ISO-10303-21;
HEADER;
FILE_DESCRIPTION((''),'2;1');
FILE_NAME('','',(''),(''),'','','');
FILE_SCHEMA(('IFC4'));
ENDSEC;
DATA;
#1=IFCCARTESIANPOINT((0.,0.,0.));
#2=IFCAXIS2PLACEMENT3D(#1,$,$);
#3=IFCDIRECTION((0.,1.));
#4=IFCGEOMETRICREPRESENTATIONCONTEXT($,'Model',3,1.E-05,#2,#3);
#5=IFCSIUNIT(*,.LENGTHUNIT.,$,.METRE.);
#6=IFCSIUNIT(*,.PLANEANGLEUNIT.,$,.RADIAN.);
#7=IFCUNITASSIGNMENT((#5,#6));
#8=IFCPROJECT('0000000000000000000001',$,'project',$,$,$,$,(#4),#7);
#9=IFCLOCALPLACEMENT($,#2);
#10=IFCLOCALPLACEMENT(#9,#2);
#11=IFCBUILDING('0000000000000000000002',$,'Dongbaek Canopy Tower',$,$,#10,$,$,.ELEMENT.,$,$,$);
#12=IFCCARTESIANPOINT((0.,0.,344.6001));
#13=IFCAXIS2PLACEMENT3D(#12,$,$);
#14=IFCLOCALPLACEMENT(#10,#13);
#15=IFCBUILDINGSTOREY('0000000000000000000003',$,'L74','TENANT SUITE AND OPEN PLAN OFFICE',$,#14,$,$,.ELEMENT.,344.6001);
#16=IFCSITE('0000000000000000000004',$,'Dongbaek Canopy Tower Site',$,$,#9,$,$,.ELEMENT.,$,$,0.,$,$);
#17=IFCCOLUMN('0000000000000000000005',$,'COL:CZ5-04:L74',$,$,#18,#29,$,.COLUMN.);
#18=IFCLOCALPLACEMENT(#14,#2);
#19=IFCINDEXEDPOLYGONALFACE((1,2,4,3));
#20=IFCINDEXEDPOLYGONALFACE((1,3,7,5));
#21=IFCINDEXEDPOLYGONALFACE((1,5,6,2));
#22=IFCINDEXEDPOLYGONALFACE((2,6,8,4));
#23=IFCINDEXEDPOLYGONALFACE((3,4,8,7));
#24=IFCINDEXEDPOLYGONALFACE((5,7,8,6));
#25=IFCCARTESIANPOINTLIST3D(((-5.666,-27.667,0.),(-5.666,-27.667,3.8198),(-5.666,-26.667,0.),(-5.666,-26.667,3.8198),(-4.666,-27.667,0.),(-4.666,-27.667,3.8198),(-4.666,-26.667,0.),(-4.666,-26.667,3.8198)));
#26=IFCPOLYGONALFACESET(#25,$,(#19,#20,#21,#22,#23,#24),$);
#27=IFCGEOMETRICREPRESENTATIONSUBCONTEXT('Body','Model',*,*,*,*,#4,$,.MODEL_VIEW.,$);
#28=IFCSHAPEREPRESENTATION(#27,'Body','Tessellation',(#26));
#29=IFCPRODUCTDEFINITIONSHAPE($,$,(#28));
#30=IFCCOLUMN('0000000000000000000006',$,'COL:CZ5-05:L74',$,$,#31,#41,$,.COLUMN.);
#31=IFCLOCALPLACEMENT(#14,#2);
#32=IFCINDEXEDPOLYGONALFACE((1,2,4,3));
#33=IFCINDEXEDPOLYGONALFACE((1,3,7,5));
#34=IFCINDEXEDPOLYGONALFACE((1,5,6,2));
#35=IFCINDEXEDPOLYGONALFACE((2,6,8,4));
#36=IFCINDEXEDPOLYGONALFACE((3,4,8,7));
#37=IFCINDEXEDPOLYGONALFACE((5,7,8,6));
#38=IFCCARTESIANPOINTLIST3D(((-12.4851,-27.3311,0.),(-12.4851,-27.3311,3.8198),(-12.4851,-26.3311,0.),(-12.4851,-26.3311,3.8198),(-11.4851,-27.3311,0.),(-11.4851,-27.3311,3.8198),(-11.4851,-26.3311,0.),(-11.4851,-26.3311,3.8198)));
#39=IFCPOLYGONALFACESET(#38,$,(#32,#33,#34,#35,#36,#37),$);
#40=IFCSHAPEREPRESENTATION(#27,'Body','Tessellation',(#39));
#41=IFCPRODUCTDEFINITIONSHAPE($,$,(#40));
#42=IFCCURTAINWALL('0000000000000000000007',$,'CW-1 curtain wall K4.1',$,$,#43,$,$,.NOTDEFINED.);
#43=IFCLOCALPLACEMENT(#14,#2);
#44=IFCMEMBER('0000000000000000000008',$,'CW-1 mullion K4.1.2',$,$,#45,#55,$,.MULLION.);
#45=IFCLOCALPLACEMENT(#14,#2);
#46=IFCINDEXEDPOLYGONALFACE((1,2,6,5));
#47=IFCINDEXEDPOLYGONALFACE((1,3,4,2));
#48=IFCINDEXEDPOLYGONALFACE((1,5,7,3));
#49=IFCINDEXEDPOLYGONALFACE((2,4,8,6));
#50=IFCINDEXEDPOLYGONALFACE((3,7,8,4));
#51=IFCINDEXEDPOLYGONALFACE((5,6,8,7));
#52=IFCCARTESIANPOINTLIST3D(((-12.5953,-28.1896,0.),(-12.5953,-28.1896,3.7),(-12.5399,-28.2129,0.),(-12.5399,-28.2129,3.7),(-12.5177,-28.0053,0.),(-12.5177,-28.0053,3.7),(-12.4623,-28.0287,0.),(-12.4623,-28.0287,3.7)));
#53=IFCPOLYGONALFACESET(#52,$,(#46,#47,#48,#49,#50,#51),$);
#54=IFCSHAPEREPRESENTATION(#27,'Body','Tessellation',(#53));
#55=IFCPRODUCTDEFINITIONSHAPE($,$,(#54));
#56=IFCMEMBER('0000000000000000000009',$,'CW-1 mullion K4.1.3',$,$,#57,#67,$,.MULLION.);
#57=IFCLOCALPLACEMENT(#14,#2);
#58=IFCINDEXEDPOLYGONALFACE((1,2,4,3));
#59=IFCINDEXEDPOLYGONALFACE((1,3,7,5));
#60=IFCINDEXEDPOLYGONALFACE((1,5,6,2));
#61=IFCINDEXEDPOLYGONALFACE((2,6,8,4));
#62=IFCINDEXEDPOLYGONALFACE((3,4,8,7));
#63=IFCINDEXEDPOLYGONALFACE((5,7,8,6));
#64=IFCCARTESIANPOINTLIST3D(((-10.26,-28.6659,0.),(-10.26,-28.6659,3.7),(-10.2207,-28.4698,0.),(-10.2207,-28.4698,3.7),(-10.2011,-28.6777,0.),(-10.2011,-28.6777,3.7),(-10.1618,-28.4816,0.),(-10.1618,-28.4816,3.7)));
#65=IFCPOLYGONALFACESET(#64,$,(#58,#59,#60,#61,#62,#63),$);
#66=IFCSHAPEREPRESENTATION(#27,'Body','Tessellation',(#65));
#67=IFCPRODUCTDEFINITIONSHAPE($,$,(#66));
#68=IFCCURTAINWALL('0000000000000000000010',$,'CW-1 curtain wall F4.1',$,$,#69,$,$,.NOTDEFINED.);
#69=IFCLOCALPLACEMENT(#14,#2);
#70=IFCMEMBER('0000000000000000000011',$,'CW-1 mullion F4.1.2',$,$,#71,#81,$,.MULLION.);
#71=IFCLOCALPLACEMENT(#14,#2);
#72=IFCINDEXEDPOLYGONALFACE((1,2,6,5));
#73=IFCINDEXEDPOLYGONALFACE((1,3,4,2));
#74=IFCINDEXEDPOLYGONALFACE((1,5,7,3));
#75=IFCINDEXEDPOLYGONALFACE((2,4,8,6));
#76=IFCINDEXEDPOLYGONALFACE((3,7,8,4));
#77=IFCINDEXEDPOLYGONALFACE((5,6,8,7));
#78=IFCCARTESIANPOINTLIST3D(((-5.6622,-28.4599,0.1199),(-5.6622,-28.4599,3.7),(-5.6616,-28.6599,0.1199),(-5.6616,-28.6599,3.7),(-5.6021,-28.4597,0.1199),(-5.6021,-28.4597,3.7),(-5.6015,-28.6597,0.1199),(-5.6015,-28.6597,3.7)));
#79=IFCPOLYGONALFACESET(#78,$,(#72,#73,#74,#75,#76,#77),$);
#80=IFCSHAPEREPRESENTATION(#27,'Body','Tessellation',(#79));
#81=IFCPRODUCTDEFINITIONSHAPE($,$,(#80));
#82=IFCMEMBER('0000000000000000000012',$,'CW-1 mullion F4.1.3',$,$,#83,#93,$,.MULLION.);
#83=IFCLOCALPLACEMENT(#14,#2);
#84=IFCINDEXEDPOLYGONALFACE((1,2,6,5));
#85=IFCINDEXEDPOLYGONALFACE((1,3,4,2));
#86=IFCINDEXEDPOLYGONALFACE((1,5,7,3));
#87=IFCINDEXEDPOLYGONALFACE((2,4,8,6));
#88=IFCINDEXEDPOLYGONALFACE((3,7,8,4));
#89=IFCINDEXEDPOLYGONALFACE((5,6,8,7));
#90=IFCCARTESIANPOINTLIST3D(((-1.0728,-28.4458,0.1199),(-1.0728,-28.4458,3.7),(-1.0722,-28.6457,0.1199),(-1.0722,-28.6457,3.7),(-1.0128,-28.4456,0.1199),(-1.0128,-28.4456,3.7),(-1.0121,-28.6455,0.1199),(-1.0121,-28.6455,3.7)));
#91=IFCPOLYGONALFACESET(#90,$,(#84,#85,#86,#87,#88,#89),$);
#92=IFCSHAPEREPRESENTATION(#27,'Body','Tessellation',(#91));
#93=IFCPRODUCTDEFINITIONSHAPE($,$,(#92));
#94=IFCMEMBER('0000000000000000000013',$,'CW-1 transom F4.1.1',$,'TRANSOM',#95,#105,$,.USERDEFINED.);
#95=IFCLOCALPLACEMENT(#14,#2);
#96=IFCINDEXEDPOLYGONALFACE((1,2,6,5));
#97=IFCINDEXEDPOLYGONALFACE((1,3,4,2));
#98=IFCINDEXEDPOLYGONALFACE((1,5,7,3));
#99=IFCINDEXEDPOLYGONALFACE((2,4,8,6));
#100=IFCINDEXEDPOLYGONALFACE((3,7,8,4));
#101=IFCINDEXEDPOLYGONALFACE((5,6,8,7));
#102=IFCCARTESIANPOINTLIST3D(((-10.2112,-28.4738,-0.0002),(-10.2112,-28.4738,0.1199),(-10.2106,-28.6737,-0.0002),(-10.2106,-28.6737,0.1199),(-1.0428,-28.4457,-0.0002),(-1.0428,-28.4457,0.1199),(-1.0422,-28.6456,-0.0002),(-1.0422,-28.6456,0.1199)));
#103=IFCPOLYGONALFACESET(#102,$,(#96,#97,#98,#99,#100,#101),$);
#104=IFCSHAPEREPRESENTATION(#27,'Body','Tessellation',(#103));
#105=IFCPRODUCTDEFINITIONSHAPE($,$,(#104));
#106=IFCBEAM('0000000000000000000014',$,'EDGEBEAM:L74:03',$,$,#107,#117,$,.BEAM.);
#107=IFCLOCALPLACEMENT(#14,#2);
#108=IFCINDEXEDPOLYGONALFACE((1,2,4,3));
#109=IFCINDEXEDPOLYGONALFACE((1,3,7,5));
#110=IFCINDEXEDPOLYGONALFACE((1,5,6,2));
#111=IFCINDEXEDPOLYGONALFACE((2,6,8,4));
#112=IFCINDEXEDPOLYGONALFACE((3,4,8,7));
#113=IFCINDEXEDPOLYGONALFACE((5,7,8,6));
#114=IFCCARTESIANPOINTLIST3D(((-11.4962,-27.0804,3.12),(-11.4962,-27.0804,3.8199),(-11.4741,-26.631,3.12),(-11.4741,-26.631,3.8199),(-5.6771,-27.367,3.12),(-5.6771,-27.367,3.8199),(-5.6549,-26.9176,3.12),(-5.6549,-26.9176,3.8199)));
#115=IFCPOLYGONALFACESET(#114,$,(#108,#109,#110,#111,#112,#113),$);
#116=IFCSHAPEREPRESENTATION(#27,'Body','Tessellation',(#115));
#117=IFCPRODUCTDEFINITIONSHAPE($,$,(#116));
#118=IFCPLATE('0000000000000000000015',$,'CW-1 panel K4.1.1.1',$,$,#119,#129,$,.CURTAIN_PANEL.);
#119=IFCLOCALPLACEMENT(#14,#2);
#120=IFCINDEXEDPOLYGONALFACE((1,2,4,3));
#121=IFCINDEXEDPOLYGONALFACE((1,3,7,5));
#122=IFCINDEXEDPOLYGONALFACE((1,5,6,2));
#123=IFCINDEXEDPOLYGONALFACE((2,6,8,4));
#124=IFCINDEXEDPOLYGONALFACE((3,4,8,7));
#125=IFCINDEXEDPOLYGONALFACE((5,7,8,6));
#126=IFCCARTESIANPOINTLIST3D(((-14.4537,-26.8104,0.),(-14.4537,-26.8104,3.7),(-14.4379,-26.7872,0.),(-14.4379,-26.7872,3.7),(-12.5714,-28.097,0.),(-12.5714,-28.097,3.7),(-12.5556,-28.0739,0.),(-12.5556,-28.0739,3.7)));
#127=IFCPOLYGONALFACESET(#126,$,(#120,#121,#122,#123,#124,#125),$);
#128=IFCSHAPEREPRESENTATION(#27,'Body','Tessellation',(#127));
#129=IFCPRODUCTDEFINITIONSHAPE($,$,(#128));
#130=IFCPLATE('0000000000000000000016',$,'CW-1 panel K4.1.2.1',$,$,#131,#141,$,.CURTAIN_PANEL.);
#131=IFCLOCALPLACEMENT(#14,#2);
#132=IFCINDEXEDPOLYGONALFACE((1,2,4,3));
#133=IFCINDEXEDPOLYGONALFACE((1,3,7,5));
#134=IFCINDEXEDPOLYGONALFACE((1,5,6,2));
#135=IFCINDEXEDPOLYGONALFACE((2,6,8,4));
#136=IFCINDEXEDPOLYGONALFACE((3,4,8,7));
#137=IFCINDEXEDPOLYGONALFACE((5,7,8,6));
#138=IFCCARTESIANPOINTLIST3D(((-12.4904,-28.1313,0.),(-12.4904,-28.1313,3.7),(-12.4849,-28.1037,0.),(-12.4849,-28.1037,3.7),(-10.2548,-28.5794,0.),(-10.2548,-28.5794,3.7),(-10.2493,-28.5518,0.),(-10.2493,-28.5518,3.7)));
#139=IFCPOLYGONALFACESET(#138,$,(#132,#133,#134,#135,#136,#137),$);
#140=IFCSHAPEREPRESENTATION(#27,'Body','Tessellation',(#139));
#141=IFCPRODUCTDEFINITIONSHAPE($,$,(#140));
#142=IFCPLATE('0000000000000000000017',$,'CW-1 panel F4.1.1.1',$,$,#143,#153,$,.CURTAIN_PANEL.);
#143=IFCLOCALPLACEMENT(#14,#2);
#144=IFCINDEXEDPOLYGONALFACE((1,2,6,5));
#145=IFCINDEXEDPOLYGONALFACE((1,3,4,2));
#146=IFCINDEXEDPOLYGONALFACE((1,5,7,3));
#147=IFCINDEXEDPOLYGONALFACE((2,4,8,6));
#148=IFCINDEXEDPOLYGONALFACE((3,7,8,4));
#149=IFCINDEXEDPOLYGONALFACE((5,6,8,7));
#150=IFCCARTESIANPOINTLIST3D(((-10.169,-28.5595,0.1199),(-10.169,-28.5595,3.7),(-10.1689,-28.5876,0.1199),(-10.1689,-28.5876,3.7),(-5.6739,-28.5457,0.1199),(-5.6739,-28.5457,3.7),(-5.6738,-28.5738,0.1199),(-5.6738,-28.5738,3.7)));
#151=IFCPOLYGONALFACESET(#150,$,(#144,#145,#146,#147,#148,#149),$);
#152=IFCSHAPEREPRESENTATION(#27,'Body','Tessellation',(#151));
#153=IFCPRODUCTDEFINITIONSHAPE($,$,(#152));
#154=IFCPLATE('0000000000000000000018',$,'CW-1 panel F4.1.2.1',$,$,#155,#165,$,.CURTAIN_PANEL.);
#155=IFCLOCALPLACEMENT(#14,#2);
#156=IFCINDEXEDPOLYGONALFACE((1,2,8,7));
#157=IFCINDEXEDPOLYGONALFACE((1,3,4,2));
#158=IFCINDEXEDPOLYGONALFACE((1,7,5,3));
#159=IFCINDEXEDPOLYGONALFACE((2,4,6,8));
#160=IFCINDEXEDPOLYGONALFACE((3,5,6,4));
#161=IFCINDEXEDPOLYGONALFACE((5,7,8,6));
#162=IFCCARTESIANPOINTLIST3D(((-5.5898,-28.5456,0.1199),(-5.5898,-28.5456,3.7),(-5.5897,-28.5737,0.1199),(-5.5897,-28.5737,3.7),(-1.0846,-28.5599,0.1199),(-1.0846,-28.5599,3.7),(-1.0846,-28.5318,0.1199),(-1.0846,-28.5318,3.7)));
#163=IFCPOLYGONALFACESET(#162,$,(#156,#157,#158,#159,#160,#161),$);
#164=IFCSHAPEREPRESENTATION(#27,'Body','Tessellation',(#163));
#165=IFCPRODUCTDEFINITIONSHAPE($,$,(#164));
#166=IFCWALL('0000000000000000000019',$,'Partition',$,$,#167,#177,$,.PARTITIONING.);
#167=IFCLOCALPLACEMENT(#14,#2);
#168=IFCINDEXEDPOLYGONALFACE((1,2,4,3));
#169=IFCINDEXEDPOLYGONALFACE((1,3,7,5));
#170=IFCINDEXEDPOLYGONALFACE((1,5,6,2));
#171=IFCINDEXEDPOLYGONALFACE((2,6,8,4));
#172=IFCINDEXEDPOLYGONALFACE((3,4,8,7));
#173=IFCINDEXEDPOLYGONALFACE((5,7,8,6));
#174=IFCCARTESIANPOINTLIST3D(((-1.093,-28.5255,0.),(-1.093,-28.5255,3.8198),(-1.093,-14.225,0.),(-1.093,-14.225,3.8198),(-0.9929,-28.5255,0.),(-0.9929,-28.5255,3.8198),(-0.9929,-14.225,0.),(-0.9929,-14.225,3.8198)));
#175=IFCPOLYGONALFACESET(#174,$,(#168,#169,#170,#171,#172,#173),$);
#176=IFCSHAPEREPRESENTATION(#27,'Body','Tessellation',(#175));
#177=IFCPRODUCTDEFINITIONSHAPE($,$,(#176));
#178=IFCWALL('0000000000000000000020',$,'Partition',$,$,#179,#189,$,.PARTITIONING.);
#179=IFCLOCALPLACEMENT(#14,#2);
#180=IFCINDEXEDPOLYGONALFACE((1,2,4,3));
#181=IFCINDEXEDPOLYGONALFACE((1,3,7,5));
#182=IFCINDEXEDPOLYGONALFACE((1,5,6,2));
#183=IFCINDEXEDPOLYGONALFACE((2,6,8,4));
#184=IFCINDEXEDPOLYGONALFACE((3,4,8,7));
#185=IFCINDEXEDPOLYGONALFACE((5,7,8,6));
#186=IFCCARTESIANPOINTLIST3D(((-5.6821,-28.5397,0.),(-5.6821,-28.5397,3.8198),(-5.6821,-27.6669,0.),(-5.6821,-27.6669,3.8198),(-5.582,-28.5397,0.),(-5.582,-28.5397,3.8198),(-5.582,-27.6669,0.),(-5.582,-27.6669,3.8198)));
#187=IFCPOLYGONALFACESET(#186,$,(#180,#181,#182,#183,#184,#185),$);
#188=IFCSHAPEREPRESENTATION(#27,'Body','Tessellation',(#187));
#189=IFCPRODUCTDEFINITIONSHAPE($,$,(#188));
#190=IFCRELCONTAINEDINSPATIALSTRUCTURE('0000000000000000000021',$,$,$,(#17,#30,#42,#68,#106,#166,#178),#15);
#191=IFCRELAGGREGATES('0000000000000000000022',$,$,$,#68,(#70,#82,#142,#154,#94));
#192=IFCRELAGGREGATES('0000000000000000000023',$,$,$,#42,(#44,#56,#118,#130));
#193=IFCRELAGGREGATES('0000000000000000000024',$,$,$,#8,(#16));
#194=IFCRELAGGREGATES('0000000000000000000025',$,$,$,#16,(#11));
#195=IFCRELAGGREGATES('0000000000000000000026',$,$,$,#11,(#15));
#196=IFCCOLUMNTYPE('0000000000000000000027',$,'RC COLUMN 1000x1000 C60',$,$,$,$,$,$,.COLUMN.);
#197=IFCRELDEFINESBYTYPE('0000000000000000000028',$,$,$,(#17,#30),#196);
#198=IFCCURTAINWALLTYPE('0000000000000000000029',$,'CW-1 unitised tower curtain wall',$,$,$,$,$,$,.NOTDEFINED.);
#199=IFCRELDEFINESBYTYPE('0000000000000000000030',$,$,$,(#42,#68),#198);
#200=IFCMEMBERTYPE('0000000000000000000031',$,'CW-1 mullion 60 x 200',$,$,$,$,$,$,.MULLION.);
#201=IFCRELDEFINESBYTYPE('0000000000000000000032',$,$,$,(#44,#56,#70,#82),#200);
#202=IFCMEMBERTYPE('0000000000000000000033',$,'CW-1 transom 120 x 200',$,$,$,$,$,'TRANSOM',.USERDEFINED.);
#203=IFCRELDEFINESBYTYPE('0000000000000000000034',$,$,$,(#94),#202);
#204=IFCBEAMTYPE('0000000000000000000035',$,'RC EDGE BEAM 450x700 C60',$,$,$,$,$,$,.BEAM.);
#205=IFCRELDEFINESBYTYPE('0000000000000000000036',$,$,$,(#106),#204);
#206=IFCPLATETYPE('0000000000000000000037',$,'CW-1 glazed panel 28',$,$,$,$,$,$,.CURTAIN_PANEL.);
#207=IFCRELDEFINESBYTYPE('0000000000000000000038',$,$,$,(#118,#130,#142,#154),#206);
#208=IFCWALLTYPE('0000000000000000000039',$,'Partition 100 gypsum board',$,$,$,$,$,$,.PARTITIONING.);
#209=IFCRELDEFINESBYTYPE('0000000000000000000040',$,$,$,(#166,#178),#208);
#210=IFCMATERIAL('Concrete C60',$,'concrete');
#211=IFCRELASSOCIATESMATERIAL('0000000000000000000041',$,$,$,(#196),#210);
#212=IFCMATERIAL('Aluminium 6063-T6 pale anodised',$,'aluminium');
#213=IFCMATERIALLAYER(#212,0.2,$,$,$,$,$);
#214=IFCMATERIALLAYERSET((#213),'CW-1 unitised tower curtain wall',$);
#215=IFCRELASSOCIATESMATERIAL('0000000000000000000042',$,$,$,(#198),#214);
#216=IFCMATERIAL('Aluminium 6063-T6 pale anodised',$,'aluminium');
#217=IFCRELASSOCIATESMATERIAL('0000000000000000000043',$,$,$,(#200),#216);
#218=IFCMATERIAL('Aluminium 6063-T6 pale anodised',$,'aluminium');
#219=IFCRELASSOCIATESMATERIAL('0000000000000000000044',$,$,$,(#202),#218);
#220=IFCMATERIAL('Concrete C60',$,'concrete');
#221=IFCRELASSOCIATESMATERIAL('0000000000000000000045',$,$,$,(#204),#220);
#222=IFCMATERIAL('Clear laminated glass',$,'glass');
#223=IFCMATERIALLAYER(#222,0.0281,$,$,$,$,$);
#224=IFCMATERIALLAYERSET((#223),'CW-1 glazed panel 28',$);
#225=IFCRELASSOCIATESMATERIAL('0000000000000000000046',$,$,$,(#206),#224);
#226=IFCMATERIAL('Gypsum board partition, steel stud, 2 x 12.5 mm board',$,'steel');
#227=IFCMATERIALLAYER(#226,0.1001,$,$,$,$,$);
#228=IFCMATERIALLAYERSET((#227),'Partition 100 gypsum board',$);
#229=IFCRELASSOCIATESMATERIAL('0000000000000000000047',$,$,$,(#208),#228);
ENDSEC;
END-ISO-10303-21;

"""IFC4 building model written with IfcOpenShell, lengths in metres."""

from ifc_helpers import new_model, si_unit, direction, frame, frame_2d, origin, origin_2d, place, context, subcontext, project, spatial, rectangle, extrude, material, layer, layer_set, material_profile, profile_set, type_object, element, aggregate, save


model = new_model("IFC4")

# Units and contexts
model_context = context("Model", 3, precision=1e-05, world=origin(), true_north=direction((0.0, 1.0)))
body_context = subcontext(model_context, "Body", "Model", "MODEL_VIEW")
ifc_project = project(units=[si_unit("LENGTHUNIT", "METRE"), si_unit("PLANEANGLEUNIT", "RADIAN")], contexts=[model_context])

# Site, building, storey
site_placement = place(None, origin())
site = spatial("IfcSite", under=ifc_project, at=site_placement, Name="Dongbaek Canopy Tower Site", CompositionType="ELEMENT", RefElevation=0.0)
building_placement = place(site_placement, origin())
building = spatial("IfcBuilding", under=site, at=building_placement, Name="Dongbaek Canopy Tower", CompositionType="ELEMENT")
storey_placement = place(building_placement, frame((0.0, 0.0, 344.6001)))
storey = spatial("IfcBuildingStorey", under=building, at=storey_placement, Name="L74", Description="TENANT SUITE AND OPEN PLAN OFFICE", CompositionType="ELEMENT", Elevation=344.6001)

# Columns
ifc_material_1 = material(Name="Concrete C60", Category="concrete")
ifc_material_profile_1 = material_profile(ifc_material_1, rectangle(XDim=1.0, YDim=1.0, at=origin_2d()), Name="RC COLUMN 1000x1000 C60")
ifc_profile_set_1 = profile_set([ifc_material_profile_1], Name="Concrete C60")
column_type = type_object("IfcColumnType", Name="RC COLUMN 1000x1000 C60", PredefinedType="COLUMN", material=ifc_profile_set_1)
for number, where, z_axis, x_axis, name in (
    (1, (-5.166, -27.167, 0.0), (0.0, 0.0, 1.0), (1.0, 0.0, 0.0), "COL:CZ5-04:L74"),
    (2, (-11.9851, -26.8311, 0.0), (0.0, 0.0, 1.0), (1.0, 0.0, 0.0), "COL:CZ5-05:L74"),
):
    element("IfcColumn", number, at=place(storey_placement, frame(where, z_axis=z_axis, x_axis=x_axis)), inside=storey, type_object=column_type, Name=name, PredefinedType="COLUMN", context=body_context, shape_type="SweptSolid", body=[
        extrude(rectangle(XDim=1.0, YDim=1.0, at=origin_2d()), origin(), (0.0, 0.0, 1.0), 3.8198),
    ])

# Curtain walls, members
ifc_material_2 = material(Name="Aluminium 6063-T6 pale anodised", Category="aluminium")
ifc_layer_1 = layer(ifc_material_2, 0.2)
ifc_layer_set_1 = layer_set([ifc_layer_1], Name="CW-1 unitised tower curtain wall")
curtain_wall_type = type_object("IfcCurtainWallType", Name="CW-1 unitised tower curtain wall", PredefinedType="NOTDEFINED", material=ifc_layer_set_1)
curtain_wall_1_placement = place(storey_placement, origin())
curtain_wall_1 = element("IfcCurtainWall", 3, at=curtain_wall_1_placement, inside=storey, type_object=curtain_wall_type, Name="CW-1 curtain wall K4.1", PredefinedType="NOTDEFINED")
ifc_material_3 = material(Name="Aluminium 6063-T6 pale anodised", Category="aluminium")
ifc_material_profile_2 = material_profile(ifc_material_3, rectangle(XDim=0.2, YDim=0.0601, at=origin_2d()), Name="CW-1 mullion 60 x 200")
ifc_profile_set_2 = profile_set([ifc_material_profile_2], Name="Aluminium 6063-T6 pale anodised")
member_type_1 = type_object("IfcMemberType", Name="CW-1 mullion 60 x 200", PredefinedType="MULLION", material=ifc_profile_set_2)
member_1_placement = place(storey_placement, frame((-12.5288, -28.1091, 0.0), z_axis=(0.0, 0.0, 1.0), x_axis=(-0.388221, -0.921566, 0.0)))
member_1 = element("IfcMember", 4, at=member_1_placement, type_object=member_type_1, Name="CW-1 mullion K4.1.2", PredefinedType="MULLION", context=body_context, shape_type="SweptSolid", body=[
    extrude(rectangle(XDim=0.2, YDim=0.0601, at=origin_2d()), origin(), (0.0, 0.0, 1.0), 3.7),
])
member_2_placement = place(storey_placement, frame((-10.2109, -28.5737, 0.0), z_axis=(0.0, 0.0, 1.0), x_axis=(-0.19653, -0.980498, 0.0)))
member_2 = element("IfcMember", 5, at=member_2_placement, type_object=member_type_1, Name="CW-1 mullion K4.1.3", PredefinedType="MULLION", context=body_context, shape_type="SweptSolid", body=[
    extrude(rectangle(XDim=0.2, YDim=0.0601, at=origin_2d()), origin(), (0.0, 0.0, 1.0), 3.7),
])
curtain_wall_2_placement = place(storey_placement, origin())
curtain_wall_2 = element("IfcCurtainWall", 6, at=curtain_wall_2_placement, inside=storey, type_object=curtain_wall_type, Name="CW-1 curtain wall F4.1", PredefinedType="NOTDEFINED")
member_3_placement = place(storey_placement, frame((-5.6318, -28.5598, 0.1199), z_axis=(0.0, 0.0, 1.0), x_axis=(0.003066, -0.999995, 0.0)))
member_3 = element("IfcMember", 7, at=member_3_placement, type_object=member_type_1, Name="CW-1 mullion F4.1.2", PredefinedType="MULLION", context=body_context, shape_type="SweptSolid", body=[
    extrude(rectangle(XDim=0.2, YDim=0.0601, at=origin_2d()), origin(), (0.0, 0.0, 1.0), 3.5801),
])
member_4_placement = place(storey_placement, frame((-1.0425, -28.5457, 0.1199), z_axis=(0.0, 0.0, 1.0), x_axis=(0.003066, -0.999995, 0.0)))
member_4 = element("IfcMember", 8, at=member_4_placement, type_object=member_type_1, Name="CW-1 mullion F4.1.3", PredefinedType="MULLION", context=body_context, shape_type="SweptSolid", body=[
    extrude(rectangle(XDim=0.2, YDim=0.0601, at=origin_2d()), origin(), (0.0, 0.0, 1.0), 3.5801),
])
ifc_material_4 = material(Name="Aluminium 6063-T6 pale anodised", Category="aluminium")
ifc_material_profile_3 = material_profile(ifc_material_4, rectangle(XDim=0.2, YDim=0.1201, at=origin_2d()), Name="CW-1 transom 120 x 200")
ifc_profile_set_3 = profile_set([ifc_material_profile_3], Name="Aluminium 6063-T6 pale anodised")
member_type_2 = type_object("IfcMemberType", Name="CW-1 transom 120 x 200", ElementType="TRANSOM", PredefinedType="USERDEFINED", material=ifc_profile_set_3)
member_5_placement = place(storey_placement, frame((-10.2109, -28.5737, 0.0598), z_axis=(0.999995, 0.003062, 0.0), x_axis=(-0.003062, 0.999995, 0.0)))
member_5 = element("IfcMember", 9, at=member_5_placement, type_object=member_type_2, Name="CW-1 transom F4.1.1", ObjectType="TRANSOM", PredefinedType="USERDEFINED", context=body_context, shape_type="SweptSolid", body=[
    extrude(rectangle(XDim=0.2, YDim=0.1201, at=origin_2d()), origin(), (0.0, 0.0, 1.0), 9.1685),
])

# Beam
ifc_material_5 = material(Name="Concrete C60", Category="concrete")
ifc_material_profile_4 = material_profile(ifc_material_5, rectangle(XDim=0.45, YDim=0.7, at=origin_2d()), Name="RC EDGE BEAM 450x700 C60")
ifc_profile_set_4 = profile_set([ifc_material_profile_4], Name="Concrete C60")
beam_type = type_object("IfcBeamType", Name="RC EDGE BEAM 450x700 C60", PredefinedType="BEAM", material=ifc_profile_set_4)
beam_placement = place(storey_placement, frame((-5.666, -27.1423, 3.47), z_axis=(-0.998789, 0.049196, 0.0), x_axis=(-0.049196, -0.998789, 0.0)))
element("IfcBeam", 10, at=beam_placement, inside=storey, type_object=beam_type, Name="EDGEBEAM:L74:03", PredefinedType="BEAM", context=body_context, shape_type="SweptSolid", body=[
    extrude(rectangle(XDim=0.45, YDim=0.7, at=origin_2d()), origin(), (0.0, 0.0, 1.0), 5.8262),
])

# Plates
ifc_material_6 = material(Name="Clear laminated glass", Category="glass")
ifc_layer_2 = layer(ifc_material_6, 0.0281)
ifc_layer_set_2 = layer_set([ifc_layer_2], Name="CW-1 glazed panel 28")
plate_type = type_object("IfcPlateType", Name="CW-1 glazed panel 28", PredefinedType="CURTAIN_PANEL", material=ifc_layer_set_2)
plate_1_placement = place(storey_placement, frame((-13.5046, -27.4421, 0.0), z_axis=(0.0, 0.0, 1.0), x_axis=(0.825571, -0.564298, 0.0)))
plate_1 = element("IfcPlate", 11, at=plate_1_placement, type_object=plate_type, Name="CW-1 panel K4.1.1.1", PredefinedType="CURTAIN_PANEL", context=body_context, shape_type="SweptSolid", body=[
    extrude(rectangle(XDim=2.28, YDim=0.0281, at=origin_2d()), origin(), (0.0, 0.0, 1.0), 3.7),
])
plate_2_placement = place(storey_placement, frame((-11.3699, -28.3416, 0.0), z_axis=(0.0, 0.0, 1.0), x_axis=(0.980498, -0.19653, 0.0)))
plate_2 = element("IfcPlate", 12, at=plate_2_placement, type_object=plate_type, Name="CW-1 panel K4.1.2.1", PredefinedType="CURTAIN_PANEL", context=body_context, shape_type="SweptSolid", body=[
    extrude(rectangle(XDim=2.28, YDim=0.0281, at=origin_2d()), origin(), (0.0, 0.0, 1.0), 3.7),
])
plate_3_placement = place(storey_placement, frame((-7.9214, -28.5667, 0.1199), z_axis=(0.0, 0.0, 1.0), x_axis=(0.999995, 0.003066, 0.0)))
plate_3 = element("IfcPlate", 13, at=plate_3_placement, type_object=plate_type, Name="CW-1 panel F4.1.1.1", PredefinedType="CURTAIN_PANEL", context=body_context, shape_type="SweptSolid", body=[
    extrude(rectangle(XDim=4.4951, YDim=0.0281, at=origin_2d()), origin(), (0.0, 0.0, 1.0), 3.5801),
])
plate_4_placement = place(storey_placement, frame((-3.3372, -28.5527, 0.1199), z_axis=(0.0, 0.0, 1.0), x_axis=(0.999995, 0.003066, 0.0)))
plate_4 = element("IfcPlate", 14, at=plate_4_placement, type_object=plate_type, Name="CW-1 panel F4.1.2.1", PredefinedType="CURTAIN_PANEL", context=body_context, shape_type="SweptSolid", body=[
    extrude(rectangle(XDim=4.5051, YDim=0.0281, at=origin_2d()), origin(), (0.0, 0.0, 1.0), 3.5801),
])

# Walls
ifc_material_7 = material(Name="Gypsum board partition, steel stud, 2 x 12.5 mm board", Category="steel")
ifc_layer_3 = layer(ifc_material_7, 0.1001)
ifc_layer_set_3 = layer_set([ifc_layer_3], Name="Partition 100 gypsum board")
wall_type_1 = type_object("IfcWallType", Name="Partition 100 gypsum board", PredefinedType="PARTITIONING", material=ifc_layer_set_3)
wall_1_placement = place(storey_placement, frame((-1.043, -28.5256, 0.0), z_axis=(0.0, 0.0, 1.0), x_axis=(0.0, 1.0, 0.0)))
element("IfcWall", 15, at=wall_1_placement, inside=storey, type_object=wall_type_1, Name="Partition", PredefinedType="PARTITIONING", context=body_context, shape_type="SweptSolid", body=[
    extrude(rectangle(XDim=14.3005, YDim=0.1001, at=frame_2d((7.1504, 0.0))), origin(), (0.0, 0.0, 1.0), 3.8198),
])
wall_2_placement = place(storey_placement, frame((-5.6321, -28.5398, 0.0), z_axis=(0.0, 0.0, 1.0), x_axis=(0.0, 1.0, 0.0)))
element("IfcWall", 16, at=wall_2_placement, inside=storey, type_object=wall_type_1, Name="Partition", PredefinedType="PARTITIONING", context=body_context, shape_type="SweptSolid", body=[
    extrude(rectangle(XDim=0.8728, YDim=0.1001, at=frame_2d((0.4365, 0.0))), origin(), (0.0, 0.0, 1.0), 3.8198),
])

aggregate(curtain_wall_2, [member_3, member_4, plate_3, plate_4, member_5])
aggregate(curtain_wall_1, [member_1, member_2, plate_1, plate_2])

save(model, "model.ifc")
